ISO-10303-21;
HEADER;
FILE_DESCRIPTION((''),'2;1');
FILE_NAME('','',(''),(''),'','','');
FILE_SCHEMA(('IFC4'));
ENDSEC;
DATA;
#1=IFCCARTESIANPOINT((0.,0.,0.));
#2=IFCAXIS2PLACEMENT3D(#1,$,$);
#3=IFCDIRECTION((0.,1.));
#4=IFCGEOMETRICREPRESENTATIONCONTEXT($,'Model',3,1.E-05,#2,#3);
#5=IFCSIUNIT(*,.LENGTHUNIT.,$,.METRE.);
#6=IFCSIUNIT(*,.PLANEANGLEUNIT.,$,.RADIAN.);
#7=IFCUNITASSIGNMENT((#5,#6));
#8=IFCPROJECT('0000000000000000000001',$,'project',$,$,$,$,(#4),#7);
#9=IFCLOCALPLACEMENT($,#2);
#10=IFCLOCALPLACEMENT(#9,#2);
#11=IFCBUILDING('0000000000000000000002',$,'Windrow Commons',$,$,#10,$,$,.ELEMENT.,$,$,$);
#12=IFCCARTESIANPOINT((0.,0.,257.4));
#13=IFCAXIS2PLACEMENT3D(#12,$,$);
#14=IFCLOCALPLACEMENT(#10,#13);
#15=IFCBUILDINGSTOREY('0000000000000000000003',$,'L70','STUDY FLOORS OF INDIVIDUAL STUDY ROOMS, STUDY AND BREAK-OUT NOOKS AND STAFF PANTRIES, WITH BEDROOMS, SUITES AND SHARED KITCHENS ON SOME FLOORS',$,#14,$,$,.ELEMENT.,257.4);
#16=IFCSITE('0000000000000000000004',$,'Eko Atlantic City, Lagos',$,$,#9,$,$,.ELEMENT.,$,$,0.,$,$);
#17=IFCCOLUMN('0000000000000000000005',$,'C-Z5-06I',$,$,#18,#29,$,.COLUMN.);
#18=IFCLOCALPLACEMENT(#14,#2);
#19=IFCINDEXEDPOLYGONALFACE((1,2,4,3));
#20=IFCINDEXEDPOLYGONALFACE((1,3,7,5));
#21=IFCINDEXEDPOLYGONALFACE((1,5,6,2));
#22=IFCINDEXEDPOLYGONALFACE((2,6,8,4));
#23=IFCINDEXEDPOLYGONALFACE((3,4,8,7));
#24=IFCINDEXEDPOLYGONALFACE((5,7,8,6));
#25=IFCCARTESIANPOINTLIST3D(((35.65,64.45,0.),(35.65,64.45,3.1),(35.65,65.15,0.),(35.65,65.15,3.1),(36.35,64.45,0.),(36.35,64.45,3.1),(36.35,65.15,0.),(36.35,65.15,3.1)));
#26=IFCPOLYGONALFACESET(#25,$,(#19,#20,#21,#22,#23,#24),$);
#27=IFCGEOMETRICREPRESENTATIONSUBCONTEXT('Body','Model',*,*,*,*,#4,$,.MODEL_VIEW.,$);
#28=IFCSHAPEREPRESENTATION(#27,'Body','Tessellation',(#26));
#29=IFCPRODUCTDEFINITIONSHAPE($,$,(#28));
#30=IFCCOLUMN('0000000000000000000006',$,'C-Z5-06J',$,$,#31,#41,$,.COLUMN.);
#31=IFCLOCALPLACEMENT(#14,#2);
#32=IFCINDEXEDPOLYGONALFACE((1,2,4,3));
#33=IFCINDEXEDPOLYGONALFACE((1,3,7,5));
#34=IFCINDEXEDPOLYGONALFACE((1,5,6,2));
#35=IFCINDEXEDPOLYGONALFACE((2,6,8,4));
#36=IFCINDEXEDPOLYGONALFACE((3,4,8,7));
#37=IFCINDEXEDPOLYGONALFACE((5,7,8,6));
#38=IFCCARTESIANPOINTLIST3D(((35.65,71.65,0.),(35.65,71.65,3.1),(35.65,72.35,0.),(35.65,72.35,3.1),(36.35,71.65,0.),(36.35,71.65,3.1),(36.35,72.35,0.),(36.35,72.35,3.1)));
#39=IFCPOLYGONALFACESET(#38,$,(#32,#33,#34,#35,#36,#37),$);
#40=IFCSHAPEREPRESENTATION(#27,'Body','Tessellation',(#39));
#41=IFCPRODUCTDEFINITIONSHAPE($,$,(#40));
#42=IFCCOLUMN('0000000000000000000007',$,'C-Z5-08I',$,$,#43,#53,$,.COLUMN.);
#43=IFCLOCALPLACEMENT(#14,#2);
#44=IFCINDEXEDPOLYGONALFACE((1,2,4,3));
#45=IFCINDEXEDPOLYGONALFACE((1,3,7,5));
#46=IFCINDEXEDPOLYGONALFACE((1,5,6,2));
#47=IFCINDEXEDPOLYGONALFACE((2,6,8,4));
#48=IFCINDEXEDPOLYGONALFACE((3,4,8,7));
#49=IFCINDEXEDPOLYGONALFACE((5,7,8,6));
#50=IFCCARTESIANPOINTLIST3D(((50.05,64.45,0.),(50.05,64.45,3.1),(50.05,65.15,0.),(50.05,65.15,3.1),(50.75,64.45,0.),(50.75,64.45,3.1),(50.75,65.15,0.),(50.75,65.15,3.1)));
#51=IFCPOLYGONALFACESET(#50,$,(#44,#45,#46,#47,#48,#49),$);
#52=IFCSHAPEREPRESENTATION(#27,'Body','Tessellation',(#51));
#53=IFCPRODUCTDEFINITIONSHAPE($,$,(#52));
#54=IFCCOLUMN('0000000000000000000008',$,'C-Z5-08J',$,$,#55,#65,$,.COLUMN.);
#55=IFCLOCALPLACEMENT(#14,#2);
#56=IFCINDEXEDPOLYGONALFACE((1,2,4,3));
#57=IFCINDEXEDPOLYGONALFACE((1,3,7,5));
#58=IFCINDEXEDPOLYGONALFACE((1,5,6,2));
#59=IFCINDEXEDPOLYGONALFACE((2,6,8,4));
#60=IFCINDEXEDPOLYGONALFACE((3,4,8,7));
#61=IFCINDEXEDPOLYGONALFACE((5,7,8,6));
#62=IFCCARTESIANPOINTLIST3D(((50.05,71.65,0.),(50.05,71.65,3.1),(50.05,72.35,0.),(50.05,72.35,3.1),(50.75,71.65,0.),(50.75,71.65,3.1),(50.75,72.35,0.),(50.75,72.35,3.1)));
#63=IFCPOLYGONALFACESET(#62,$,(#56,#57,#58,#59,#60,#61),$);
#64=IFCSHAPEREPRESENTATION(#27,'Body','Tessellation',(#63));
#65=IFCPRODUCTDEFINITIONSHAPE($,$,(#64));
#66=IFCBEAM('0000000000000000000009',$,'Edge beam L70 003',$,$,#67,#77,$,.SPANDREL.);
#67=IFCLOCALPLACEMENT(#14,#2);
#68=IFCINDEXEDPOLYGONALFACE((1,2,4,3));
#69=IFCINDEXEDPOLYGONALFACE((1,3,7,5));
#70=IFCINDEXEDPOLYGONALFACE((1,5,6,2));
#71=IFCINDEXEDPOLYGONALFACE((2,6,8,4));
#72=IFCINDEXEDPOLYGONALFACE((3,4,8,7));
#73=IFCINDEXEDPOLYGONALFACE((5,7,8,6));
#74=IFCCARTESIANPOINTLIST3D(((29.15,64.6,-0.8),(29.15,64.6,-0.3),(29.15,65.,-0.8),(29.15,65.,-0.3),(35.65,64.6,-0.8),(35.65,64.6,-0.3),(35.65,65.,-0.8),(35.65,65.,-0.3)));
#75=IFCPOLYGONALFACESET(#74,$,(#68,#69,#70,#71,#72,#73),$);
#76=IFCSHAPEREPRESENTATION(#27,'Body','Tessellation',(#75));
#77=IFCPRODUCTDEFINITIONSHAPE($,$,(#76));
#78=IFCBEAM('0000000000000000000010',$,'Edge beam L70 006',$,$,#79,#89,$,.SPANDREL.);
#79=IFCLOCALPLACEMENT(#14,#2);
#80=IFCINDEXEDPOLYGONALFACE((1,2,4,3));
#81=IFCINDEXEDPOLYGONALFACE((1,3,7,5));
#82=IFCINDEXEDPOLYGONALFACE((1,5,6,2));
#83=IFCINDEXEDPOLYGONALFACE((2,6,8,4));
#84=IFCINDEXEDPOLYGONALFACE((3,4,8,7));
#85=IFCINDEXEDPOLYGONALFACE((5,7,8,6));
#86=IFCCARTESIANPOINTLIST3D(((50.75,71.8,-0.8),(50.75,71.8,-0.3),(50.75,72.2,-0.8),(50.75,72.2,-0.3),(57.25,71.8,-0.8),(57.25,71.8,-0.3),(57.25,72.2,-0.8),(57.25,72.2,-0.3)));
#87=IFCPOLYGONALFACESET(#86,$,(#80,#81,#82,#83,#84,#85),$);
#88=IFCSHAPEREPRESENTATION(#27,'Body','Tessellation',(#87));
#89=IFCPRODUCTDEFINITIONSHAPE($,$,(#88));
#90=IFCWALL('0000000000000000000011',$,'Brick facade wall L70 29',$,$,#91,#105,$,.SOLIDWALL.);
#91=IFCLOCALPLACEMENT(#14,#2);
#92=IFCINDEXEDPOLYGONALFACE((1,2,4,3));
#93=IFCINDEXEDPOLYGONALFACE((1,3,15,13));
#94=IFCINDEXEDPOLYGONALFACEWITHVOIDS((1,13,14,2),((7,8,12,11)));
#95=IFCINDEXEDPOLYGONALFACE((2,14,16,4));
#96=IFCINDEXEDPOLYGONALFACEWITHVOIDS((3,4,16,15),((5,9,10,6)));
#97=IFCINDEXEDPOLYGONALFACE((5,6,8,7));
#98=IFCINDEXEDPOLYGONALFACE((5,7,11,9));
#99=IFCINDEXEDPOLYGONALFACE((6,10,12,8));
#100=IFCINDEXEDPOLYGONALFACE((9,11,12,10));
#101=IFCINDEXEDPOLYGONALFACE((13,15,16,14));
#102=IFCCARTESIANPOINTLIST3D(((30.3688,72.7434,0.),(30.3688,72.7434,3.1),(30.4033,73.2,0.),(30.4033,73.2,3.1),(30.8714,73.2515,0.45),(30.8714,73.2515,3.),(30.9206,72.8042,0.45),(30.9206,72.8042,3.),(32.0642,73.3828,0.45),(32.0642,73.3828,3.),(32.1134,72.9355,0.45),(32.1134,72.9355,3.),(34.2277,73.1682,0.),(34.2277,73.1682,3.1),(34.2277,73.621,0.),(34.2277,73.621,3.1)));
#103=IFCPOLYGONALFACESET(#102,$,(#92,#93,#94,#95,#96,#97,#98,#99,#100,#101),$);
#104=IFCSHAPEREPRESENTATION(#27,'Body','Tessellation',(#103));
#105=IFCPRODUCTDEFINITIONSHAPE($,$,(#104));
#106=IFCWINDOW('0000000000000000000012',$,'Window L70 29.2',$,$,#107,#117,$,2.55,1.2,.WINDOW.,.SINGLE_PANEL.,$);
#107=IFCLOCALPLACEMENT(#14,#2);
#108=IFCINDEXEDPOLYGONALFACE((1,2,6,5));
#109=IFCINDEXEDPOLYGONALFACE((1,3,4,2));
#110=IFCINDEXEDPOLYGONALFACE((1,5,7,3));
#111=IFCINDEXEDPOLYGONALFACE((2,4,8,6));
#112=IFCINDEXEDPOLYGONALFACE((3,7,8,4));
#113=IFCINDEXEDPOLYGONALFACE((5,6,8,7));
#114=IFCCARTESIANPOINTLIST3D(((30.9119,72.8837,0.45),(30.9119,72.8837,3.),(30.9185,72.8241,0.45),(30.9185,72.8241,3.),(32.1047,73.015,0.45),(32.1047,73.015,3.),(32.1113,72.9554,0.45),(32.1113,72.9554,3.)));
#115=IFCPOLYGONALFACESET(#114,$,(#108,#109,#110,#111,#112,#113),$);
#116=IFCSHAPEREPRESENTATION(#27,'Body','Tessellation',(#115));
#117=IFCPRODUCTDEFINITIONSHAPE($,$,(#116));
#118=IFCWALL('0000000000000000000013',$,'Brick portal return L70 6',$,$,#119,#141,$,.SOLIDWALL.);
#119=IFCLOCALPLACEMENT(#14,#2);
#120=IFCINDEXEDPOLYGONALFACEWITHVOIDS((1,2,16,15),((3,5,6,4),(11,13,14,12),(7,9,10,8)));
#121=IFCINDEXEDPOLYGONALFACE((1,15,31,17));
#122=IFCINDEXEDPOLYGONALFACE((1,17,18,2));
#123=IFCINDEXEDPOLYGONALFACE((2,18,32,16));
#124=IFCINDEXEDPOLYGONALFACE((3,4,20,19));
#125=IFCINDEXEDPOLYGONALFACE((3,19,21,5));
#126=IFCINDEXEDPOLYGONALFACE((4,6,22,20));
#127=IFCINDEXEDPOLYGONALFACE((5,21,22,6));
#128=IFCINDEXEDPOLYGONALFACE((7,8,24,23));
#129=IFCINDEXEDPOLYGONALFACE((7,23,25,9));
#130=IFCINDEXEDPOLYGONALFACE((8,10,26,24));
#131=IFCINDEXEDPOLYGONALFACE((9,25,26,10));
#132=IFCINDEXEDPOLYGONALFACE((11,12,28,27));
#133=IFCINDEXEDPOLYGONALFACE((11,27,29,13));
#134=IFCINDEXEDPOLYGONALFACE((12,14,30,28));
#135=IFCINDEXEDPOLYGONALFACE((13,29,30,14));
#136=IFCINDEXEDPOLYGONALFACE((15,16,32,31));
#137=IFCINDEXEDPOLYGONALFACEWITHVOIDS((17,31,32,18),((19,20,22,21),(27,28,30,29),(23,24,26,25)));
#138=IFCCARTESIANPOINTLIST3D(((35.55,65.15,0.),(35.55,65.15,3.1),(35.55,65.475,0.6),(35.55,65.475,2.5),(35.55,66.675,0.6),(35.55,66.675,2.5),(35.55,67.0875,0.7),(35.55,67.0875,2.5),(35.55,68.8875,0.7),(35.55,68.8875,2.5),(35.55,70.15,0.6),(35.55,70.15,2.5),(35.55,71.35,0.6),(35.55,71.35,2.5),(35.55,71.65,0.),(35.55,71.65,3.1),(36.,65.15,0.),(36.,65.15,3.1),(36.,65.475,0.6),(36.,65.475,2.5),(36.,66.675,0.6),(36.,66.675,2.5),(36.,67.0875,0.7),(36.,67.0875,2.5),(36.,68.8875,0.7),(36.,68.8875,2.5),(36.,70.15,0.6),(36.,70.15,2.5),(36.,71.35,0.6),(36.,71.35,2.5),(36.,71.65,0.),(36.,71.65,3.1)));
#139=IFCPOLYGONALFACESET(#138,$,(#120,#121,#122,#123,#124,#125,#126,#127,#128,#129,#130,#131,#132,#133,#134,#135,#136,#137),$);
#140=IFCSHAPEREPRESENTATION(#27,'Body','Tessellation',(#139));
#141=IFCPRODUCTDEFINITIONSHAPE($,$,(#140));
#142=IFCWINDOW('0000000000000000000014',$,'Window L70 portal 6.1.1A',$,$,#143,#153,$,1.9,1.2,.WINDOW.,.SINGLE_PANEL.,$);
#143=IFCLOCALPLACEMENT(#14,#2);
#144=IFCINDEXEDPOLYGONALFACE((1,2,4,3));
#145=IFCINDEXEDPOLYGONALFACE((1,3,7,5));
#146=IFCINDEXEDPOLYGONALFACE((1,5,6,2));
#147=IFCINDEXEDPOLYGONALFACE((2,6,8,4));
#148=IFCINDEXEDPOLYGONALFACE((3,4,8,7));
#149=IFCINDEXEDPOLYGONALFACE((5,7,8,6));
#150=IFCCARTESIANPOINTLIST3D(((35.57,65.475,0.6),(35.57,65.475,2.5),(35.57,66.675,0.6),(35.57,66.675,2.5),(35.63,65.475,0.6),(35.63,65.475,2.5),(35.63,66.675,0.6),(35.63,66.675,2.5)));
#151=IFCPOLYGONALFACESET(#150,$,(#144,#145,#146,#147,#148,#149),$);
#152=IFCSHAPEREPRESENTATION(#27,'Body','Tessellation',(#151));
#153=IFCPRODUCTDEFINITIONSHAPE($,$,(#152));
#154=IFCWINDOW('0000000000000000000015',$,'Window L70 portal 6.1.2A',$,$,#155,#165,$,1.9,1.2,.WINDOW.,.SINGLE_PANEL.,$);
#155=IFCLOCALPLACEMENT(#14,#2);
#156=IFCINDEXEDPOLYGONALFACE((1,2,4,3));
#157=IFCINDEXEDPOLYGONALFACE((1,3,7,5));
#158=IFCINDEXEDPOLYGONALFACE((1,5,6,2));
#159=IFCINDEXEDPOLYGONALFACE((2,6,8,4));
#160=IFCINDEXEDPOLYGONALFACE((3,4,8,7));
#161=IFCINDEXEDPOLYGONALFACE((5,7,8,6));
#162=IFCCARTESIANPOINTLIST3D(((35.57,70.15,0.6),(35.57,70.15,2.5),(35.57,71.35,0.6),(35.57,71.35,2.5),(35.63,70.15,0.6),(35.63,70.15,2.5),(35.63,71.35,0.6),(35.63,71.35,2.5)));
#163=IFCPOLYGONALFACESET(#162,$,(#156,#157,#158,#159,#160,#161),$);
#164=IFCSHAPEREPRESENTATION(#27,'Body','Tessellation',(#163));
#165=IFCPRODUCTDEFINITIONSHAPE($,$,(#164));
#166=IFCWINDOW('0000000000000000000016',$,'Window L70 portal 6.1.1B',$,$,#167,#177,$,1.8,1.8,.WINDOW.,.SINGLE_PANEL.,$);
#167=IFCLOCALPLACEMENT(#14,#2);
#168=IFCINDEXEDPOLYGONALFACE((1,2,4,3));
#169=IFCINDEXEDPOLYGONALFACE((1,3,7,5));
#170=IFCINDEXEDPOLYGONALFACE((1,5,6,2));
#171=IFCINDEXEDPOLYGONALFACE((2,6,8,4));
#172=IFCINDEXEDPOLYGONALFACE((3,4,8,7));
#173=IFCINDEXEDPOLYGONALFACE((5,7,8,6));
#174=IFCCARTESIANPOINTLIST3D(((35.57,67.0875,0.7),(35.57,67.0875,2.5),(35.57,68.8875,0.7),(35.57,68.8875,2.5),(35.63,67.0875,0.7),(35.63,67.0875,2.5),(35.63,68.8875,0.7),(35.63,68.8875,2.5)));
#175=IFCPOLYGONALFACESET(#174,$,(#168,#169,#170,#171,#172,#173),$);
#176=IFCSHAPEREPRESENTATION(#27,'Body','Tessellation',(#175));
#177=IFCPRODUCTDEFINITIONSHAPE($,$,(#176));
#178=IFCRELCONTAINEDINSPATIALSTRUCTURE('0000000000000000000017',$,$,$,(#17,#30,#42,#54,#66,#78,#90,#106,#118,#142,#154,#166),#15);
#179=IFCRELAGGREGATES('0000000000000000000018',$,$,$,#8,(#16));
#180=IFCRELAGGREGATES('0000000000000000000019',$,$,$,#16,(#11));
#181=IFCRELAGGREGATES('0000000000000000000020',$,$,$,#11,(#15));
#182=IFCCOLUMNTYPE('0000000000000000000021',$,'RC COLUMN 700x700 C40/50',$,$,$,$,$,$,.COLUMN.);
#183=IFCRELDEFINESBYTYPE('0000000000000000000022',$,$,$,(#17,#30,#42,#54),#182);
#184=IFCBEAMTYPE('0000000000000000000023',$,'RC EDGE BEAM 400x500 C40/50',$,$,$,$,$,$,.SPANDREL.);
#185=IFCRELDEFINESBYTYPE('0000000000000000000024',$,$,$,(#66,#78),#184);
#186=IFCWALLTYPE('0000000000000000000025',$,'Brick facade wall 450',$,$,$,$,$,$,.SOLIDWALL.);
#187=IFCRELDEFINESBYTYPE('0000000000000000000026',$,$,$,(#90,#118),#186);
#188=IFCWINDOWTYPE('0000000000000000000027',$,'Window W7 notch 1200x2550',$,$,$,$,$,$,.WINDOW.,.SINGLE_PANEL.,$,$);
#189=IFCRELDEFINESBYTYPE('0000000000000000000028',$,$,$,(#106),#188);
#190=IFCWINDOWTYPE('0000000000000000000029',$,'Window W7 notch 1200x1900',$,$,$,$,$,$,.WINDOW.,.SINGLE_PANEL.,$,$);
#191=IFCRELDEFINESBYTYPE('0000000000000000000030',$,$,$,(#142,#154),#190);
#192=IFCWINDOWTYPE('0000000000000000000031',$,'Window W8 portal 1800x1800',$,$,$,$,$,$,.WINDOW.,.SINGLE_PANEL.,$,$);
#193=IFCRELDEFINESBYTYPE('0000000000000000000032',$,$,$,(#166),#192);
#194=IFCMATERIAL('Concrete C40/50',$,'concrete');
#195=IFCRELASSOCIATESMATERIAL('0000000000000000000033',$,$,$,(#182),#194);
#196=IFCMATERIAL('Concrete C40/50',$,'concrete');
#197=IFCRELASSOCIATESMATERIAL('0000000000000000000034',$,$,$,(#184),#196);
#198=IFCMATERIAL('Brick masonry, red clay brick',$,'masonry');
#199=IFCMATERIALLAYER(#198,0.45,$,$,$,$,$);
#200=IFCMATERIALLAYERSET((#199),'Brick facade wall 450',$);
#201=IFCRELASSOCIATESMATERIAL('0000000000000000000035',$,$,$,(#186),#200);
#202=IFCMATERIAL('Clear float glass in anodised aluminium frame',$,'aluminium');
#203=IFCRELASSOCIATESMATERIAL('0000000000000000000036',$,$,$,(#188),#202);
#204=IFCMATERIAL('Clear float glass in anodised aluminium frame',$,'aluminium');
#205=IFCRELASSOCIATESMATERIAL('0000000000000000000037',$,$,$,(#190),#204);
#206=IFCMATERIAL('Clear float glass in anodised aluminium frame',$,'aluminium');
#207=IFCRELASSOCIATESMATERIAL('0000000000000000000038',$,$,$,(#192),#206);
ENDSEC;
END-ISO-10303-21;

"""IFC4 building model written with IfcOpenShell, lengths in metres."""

from ifc_helpers import new_model, si_unit, direction, frame, frame_2d, origin, origin_2d, place, context, subcontext, project, spatial, polyline, rectangle, outline, extrude, material, layer, layer_set, material_profile, profile_set, type_object, element, fill, save


model = new_model("IFC4")

# Units and contexts
model_context = context("Model", 3, precision=1e-05, world=origin(), true_north=direction((0.0, 1.0)))
body_context = subcontext(model_context, "Body", "Model", "MODEL_VIEW")
ifc_project = project(units=[si_unit("LENGTHUNIT", "METRE"), si_unit("PLANEANGLEUNIT", "RADIAN")], contexts=[model_context])

# Site, building, storey
site_placement = place(None, origin())
site = spatial("IfcSite", under=ifc_project, at=site_placement, Name="Eko Atlantic City, Lagos", CompositionType="ELEMENT", RefElevation=0.0)
building_placement = place(site_placement, origin())
building = spatial("IfcBuilding", under=site, at=building_placement, Name="Windrow Commons", CompositionType="ELEMENT")
storey_placement = place(building_placement, frame((0.0, 0.0, 257.4)))
storey = spatial("IfcBuildingStorey", under=building, at=storey_placement, Name="L70", Description="STUDY FLOORS OF INDIVIDUAL STUDY ROOMS, STUDY AND BREAK-OUT NOOKS AND STAFF PANTRIES, WITH BEDROOMS, SUITES AND SHARED KITCHENS ON SOME FLOORS", CompositionType="ELEMENT", Elevation=257.4)

# Columns
ifc_material_1 = material(Name="Concrete C40/50", Category="concrete")
ifc_material_profile_1 = material_profile(ifc_material_1, rectangle(XDim=0.7, YDim=0.7, at=origin_2d()))
ifc_profile_set_1 = profile_set([ifc_material_profile_1], Name="Concrete C40/50")
column_type = type_object("IfcColumnType", Name="RC COLUMN 700x700 C40/50", PredefinedType="COLUMN", material=ifc_profile_set_1)
for number, where, z_axis, x_axis, name in (
    (1, (36.0, 64.8, 0.0), (0.0, 0.0, 1.0), (1.0, 0.0, 0.0), "C-Z5-06I"),
    (2, (36.0, 72.0, 0.0), (0.0, 0.0, 1.0), (1.0, 0.0, 0.0), "C-Z5-06J"),
    (3, (50.4, 64.8, 0.0), (0.0, 0.0, 1.0), (1.0, 0.0, 0.0), "C-Z5-08I"),
    (4, (50.4, 72.0, 0.0), (0.0, 0.0, 1.0), (1.0, 0.0, 0.0), "C-Z5-08J"),
):
    element("IfcColumn", number, at=place(storey_placement, frame(where, z_axis=z_axis, x_axis=x_axis)), inside=storey, type_object=column_type, Name=name, PredefinedType="COLUMN", context=body_context, shape_type="SweptSolid", body=[
        extrude(rectangle(XDim=0.7, YDim=0.7, at=origin_2d()), origin(), (0.0, 0.0, 1.0), 3.1),
    ])

# Beams
ifc_material_2 = material(Name="Concrete C40/50", Category="concrete")
ifc_material_profile_2 = material_profile(ifc_material_2, rectangle(XDim=0.4, YDim=0.5, at=origin_2d()))
ifc_profile_set_2 = profile_set([ifc_material_profile_2], Name="Concrete C40/50")
beam_type = type_object("IfcBeamType", Name="RC EDGE BEAM 400x500 C40/50", PredefinedType="SPANDREL", material=ifc_profile_set_2)
for number, where, z_axis, x_axis, name in (
    (5, (35.65, 64.8, -0.55), (-1.0, 0.0, 0.0), (0.0, -1.0, 0.0), "Edge beam L70 003"),
    (6, (50.75, 72.0, -0.55), (1.0, 0.0, 0.0), (0.0, 1.0, 0.0), "Edge beam L70 006"),
):
    element("IfcBeam", number, at=place(storey_placement, frame(where, z_axis=z_axis, x_axis=x_axis)), inside=storey, type_object=beam_type, Name=name, PredefinedType="SPANDREL", context=body_context, shape_type="SweptSolid", body=[
        extrude(rectangle(XDim=0.4, YDim=0.5, at=origin_2d()), origin(), (0.0, 0.0, 1.0), 6.5),
    ])

# Wall, opening, window
ifc_material_3 = material(Name="Brick masonry, red clay brick", Category="masonry")
ifc_layer_1 = layer(ifc_material_3, 0.45)
ifc_layer_set_1 = layer_set([ifc_layer_1], Name="Brick facade wall 450")
wall_type_1 = type_object("IfcWallType", Name="Brick facade wall 450", PredefinedType="SOLIDWALL", material=ifc_layer_set_1)
wall_1_placement = place(storey_placement, frame((34.2277, 73.3946, 0.0), z_axis=(0.0, 0.0, 1.0), x_axis=(-0.993995, -0.109423, 0.0)))
wall_1 = element("IfcWall", 7, at=wall_1_placement, inside=storey, type_object=wall_type_1, Name="Brick facade wall L70 29", PredefinedType="SOLIDWALL", context=body_context, shape_type="SweptSolid", body=[
    extrude(outline(polyline([(-0.0248, -0.225), (3.8227, -0.225), (3.907, 0.225), (0.0248, 0.225), (-0.0248, -0.225)])), origin(), (0.0, 0.0, 1.0), 3.1),
])
opening_1_placement = place(wall_1_placement, frame((2.1518, 0.0, 0.45)))
opening_1 = element("IfcOpeningElement", 8, at=opening_1_placement, cuts=wall_1, PredefinedType="OPENING", context=body_context, shape_type="SweptSolid", body=[
    extrude(rectangle(XDim=1.2, YDim=2.55, at=frame_2d((0.6, 1.275))), frame((0.0, 0.235, 0.0), z_axis=(0.0, -1.0, 0.0), x_axis=(1.0, 0.0, 0.0)), (0.0, 0.0, 1.0), 0.47),
])
ifc_material_4 = material(Name="Clear float glass in anodised aluminium frame", Category="aluminium")
window_type_1 = type_object("IfcWindowType", Name="Window W7 notch 1200x2550", PartitioningType="SINGLE_PANEL", PredefinedType="WINDOW", material=ifc_material_4)
window_1_placement = place(opening_1_placement, origin())
window_1 = element("IfcWindow", 9, at=window_1_placement, inside=storey, type_object=window_type_1, Name="Window L70 29.2", OverallHeight=2.55, OverallWidth=1.2, PartitioningType="SINGLE_PANEL", PredefinedType="WINDOW", context=body_context, shape_type="SweptSolid", body=[
    extrude(rectangle(XDim=1.2, YDim=2.55, at=frame_2d((0.6, 1.275))), frame((0.0, 0.205, 0.0), z_axis=(0.0, -1.0, 0.0), x_axis=(1.0, 0.0, 0.0)), (0.0, 0.0, 1.0), 0.06),
])
fill(opening_1, window_1)

# Wall, openings, windows
wall_2_placement = place(storey_placement, frame((35.775, 65.15, 0.0), z_axis=(0.0, 0.0, 1.0), x_axis=(0.0, 1.0, 0.0)))
wall_2 = element("IfcWall", 10, at=wall_2_placement, inside=storey, type_object=wall_type_1, Name="Brick portal return L70 6", PredefinedType="SOLIDWALL", context=body_context, shape_type="SweptSolid", body=[
    extrude(rectangle(XDim=6.5, YDim=0.45, at=frame_2d((3.25, 0.0))), origin(), (0.0, 0.0, 1.0), 3.1),
])
opening_2_placement = place(wall_2_placement, frame((0.325, 0.0, 0.6)))
opening_2 = element("IfcOpeningElement", 11, at=opening_2_placement, cuts=wall_2, PredefinedType="OPENING", context=body_context, shape_type="SweptSolid", body=[
    extrude(rectangle(XDim=1.2, YDim=1.9, at=frame_2d((0.6, 0.95))), frame((0.0, 0.235, 0.0), z_axis=(0.0, -1.0, 0.0), x_axis=(1.0, 0.0, 0.0)), (0.0, 0.0, 1.0), 0.47),
])
opening_3_placement = place(wall_2_placement, frame((1.9375, 0.0, 0.7)))
opening_3 = element("IfcOpeningElement", 12, at=opening_3_placement, cuts=wall_2, PredefinedType="OPENING", context=body_context, shape_type="SweptSolid", body=[
    extrude(rectangle(XDim=1.8, YDim=1.8, at=frame_2d((0.9, 0.9))), frame((0.0, 0.235, 0.0), z_axis=(0.0, -1.0, 0.0), x_axis=(1.0, 0.0, 0.0)), (0.0, 0.0, 1.0), 0.47),
])
opening_4_placement = place(wall_2_placement, frame((5.0, 0.0, 0.6)))
opening_4 = element("IfcOpeningElement", 13, at=opening_4_placement, cuts=wall_2, PredefinedType="OPENING", context=body_context, shape_type="SweptSolid", body=[
    extrude(rectangle(XDim=1.2, YDim=1.9, at=frame_2d((0.6, 0.95))), frame((0.0, 0.235, 0.0), z_axis=(0.0, -1.0, 0.0), x_axis=(1.0, 0.0, 0.0)), (0.0, 0.0, 1.0), 0.47),
])
ifc_material_5 = material(Name="Clear float glass in anodised aluminium frame", Category="aluminium")
window_type_2 = type_object("IfcWindowType", Name="Window W7 notch 1200x1900", PartitioningType="SINGLE_PANEL", PredefinedType="WINDOW", material=ifc_material_5)
window_2_placement = place(opening_2_placement, origin())
window_2 = element("IfcWindow", 14, at=window_2_placement, inside=storey, type_object=window_type_2, Name="Window L70 portal 6.1.1A", OverallHeight=1.9, OverallWidth=1.2, PartitioningType="SINGLE_PANEL", PredefinedType="WINDOW", context=body_context, shape_type="SweptSolid", body=[
    extrude(rectangle(XDim=1.2, YDim=1.9, at=frame_2d((0.6, 0.95))), frame((0.0, 0.205, 0.0), z_axis=(0.0, -1.0, 0.0), x_axis=(1.0, 0.0, 0.0)), (0.0, 0.0, 1.0), 0.06),
])
fill(opening_2, window_2)
window_3_placement = place(opening_4_placement, origin())
window_3 = element("IfcWindow", 15, at=window_3_placement, inside=storey, type_object=window_type_2, Name="Window L70 portal 6.1.2A", OverallHeight=1.9, OverallWidth=1.2, PartitioningType="SINGLE_PANEL", PredefinedType="WINDOW", context=body_context, shape_type="SweptSolid", body=[
    extrude(rectangle(XDim=1.2, YDim=1.9, at=frame_2d((0.6, 0.95))), frame((0.0, 0.205, 0.0), z_axis=(0.0, -1.0, 0.0), x_axis=(1.0, 0.0, 0.0)), (0.0, 0.0, 1.0), 0.06),
])
fill(opening_4, window_3)
ifc_material_6 = material(Name="Clear float glass in anodised aluminium frame", Category="aluminium")
window_type_3 = type_object("IfcWindowType", Name="Window W8 portal 1800x1800", PartitioningType="SINGLE_PANEL", PredefinedType="WINDOW", material=ifc_material_6)
window_4_placement = place(opening_3_placement, origin())
window_4 = element("IfcWindow", 16, at=window_4_placement, inside=storey, type_object=window_type_3, Name="Window L70 portal 6.1.1B", OverallHeight=1.8, OverallWidth=1.8, PartitioningType="SINGLE_PANEL", PredefinedType="WINDOW", context=body_context, shape_type="SweptSolid", body=[
    extrude(rectangle(XDim=1.8, YDim=1.8, at=frame_2d((0.9, 0.9))), frame((0.0, 0.205, 0.0), z_axis=(0.0, -1.0, 0.0), x_axis=(1.0, 0.0, 0.0)), (0.0, 0.0, 1.0), 0.06),
])
fill(opening_3, window_4)

save(model, "model.ifc")
